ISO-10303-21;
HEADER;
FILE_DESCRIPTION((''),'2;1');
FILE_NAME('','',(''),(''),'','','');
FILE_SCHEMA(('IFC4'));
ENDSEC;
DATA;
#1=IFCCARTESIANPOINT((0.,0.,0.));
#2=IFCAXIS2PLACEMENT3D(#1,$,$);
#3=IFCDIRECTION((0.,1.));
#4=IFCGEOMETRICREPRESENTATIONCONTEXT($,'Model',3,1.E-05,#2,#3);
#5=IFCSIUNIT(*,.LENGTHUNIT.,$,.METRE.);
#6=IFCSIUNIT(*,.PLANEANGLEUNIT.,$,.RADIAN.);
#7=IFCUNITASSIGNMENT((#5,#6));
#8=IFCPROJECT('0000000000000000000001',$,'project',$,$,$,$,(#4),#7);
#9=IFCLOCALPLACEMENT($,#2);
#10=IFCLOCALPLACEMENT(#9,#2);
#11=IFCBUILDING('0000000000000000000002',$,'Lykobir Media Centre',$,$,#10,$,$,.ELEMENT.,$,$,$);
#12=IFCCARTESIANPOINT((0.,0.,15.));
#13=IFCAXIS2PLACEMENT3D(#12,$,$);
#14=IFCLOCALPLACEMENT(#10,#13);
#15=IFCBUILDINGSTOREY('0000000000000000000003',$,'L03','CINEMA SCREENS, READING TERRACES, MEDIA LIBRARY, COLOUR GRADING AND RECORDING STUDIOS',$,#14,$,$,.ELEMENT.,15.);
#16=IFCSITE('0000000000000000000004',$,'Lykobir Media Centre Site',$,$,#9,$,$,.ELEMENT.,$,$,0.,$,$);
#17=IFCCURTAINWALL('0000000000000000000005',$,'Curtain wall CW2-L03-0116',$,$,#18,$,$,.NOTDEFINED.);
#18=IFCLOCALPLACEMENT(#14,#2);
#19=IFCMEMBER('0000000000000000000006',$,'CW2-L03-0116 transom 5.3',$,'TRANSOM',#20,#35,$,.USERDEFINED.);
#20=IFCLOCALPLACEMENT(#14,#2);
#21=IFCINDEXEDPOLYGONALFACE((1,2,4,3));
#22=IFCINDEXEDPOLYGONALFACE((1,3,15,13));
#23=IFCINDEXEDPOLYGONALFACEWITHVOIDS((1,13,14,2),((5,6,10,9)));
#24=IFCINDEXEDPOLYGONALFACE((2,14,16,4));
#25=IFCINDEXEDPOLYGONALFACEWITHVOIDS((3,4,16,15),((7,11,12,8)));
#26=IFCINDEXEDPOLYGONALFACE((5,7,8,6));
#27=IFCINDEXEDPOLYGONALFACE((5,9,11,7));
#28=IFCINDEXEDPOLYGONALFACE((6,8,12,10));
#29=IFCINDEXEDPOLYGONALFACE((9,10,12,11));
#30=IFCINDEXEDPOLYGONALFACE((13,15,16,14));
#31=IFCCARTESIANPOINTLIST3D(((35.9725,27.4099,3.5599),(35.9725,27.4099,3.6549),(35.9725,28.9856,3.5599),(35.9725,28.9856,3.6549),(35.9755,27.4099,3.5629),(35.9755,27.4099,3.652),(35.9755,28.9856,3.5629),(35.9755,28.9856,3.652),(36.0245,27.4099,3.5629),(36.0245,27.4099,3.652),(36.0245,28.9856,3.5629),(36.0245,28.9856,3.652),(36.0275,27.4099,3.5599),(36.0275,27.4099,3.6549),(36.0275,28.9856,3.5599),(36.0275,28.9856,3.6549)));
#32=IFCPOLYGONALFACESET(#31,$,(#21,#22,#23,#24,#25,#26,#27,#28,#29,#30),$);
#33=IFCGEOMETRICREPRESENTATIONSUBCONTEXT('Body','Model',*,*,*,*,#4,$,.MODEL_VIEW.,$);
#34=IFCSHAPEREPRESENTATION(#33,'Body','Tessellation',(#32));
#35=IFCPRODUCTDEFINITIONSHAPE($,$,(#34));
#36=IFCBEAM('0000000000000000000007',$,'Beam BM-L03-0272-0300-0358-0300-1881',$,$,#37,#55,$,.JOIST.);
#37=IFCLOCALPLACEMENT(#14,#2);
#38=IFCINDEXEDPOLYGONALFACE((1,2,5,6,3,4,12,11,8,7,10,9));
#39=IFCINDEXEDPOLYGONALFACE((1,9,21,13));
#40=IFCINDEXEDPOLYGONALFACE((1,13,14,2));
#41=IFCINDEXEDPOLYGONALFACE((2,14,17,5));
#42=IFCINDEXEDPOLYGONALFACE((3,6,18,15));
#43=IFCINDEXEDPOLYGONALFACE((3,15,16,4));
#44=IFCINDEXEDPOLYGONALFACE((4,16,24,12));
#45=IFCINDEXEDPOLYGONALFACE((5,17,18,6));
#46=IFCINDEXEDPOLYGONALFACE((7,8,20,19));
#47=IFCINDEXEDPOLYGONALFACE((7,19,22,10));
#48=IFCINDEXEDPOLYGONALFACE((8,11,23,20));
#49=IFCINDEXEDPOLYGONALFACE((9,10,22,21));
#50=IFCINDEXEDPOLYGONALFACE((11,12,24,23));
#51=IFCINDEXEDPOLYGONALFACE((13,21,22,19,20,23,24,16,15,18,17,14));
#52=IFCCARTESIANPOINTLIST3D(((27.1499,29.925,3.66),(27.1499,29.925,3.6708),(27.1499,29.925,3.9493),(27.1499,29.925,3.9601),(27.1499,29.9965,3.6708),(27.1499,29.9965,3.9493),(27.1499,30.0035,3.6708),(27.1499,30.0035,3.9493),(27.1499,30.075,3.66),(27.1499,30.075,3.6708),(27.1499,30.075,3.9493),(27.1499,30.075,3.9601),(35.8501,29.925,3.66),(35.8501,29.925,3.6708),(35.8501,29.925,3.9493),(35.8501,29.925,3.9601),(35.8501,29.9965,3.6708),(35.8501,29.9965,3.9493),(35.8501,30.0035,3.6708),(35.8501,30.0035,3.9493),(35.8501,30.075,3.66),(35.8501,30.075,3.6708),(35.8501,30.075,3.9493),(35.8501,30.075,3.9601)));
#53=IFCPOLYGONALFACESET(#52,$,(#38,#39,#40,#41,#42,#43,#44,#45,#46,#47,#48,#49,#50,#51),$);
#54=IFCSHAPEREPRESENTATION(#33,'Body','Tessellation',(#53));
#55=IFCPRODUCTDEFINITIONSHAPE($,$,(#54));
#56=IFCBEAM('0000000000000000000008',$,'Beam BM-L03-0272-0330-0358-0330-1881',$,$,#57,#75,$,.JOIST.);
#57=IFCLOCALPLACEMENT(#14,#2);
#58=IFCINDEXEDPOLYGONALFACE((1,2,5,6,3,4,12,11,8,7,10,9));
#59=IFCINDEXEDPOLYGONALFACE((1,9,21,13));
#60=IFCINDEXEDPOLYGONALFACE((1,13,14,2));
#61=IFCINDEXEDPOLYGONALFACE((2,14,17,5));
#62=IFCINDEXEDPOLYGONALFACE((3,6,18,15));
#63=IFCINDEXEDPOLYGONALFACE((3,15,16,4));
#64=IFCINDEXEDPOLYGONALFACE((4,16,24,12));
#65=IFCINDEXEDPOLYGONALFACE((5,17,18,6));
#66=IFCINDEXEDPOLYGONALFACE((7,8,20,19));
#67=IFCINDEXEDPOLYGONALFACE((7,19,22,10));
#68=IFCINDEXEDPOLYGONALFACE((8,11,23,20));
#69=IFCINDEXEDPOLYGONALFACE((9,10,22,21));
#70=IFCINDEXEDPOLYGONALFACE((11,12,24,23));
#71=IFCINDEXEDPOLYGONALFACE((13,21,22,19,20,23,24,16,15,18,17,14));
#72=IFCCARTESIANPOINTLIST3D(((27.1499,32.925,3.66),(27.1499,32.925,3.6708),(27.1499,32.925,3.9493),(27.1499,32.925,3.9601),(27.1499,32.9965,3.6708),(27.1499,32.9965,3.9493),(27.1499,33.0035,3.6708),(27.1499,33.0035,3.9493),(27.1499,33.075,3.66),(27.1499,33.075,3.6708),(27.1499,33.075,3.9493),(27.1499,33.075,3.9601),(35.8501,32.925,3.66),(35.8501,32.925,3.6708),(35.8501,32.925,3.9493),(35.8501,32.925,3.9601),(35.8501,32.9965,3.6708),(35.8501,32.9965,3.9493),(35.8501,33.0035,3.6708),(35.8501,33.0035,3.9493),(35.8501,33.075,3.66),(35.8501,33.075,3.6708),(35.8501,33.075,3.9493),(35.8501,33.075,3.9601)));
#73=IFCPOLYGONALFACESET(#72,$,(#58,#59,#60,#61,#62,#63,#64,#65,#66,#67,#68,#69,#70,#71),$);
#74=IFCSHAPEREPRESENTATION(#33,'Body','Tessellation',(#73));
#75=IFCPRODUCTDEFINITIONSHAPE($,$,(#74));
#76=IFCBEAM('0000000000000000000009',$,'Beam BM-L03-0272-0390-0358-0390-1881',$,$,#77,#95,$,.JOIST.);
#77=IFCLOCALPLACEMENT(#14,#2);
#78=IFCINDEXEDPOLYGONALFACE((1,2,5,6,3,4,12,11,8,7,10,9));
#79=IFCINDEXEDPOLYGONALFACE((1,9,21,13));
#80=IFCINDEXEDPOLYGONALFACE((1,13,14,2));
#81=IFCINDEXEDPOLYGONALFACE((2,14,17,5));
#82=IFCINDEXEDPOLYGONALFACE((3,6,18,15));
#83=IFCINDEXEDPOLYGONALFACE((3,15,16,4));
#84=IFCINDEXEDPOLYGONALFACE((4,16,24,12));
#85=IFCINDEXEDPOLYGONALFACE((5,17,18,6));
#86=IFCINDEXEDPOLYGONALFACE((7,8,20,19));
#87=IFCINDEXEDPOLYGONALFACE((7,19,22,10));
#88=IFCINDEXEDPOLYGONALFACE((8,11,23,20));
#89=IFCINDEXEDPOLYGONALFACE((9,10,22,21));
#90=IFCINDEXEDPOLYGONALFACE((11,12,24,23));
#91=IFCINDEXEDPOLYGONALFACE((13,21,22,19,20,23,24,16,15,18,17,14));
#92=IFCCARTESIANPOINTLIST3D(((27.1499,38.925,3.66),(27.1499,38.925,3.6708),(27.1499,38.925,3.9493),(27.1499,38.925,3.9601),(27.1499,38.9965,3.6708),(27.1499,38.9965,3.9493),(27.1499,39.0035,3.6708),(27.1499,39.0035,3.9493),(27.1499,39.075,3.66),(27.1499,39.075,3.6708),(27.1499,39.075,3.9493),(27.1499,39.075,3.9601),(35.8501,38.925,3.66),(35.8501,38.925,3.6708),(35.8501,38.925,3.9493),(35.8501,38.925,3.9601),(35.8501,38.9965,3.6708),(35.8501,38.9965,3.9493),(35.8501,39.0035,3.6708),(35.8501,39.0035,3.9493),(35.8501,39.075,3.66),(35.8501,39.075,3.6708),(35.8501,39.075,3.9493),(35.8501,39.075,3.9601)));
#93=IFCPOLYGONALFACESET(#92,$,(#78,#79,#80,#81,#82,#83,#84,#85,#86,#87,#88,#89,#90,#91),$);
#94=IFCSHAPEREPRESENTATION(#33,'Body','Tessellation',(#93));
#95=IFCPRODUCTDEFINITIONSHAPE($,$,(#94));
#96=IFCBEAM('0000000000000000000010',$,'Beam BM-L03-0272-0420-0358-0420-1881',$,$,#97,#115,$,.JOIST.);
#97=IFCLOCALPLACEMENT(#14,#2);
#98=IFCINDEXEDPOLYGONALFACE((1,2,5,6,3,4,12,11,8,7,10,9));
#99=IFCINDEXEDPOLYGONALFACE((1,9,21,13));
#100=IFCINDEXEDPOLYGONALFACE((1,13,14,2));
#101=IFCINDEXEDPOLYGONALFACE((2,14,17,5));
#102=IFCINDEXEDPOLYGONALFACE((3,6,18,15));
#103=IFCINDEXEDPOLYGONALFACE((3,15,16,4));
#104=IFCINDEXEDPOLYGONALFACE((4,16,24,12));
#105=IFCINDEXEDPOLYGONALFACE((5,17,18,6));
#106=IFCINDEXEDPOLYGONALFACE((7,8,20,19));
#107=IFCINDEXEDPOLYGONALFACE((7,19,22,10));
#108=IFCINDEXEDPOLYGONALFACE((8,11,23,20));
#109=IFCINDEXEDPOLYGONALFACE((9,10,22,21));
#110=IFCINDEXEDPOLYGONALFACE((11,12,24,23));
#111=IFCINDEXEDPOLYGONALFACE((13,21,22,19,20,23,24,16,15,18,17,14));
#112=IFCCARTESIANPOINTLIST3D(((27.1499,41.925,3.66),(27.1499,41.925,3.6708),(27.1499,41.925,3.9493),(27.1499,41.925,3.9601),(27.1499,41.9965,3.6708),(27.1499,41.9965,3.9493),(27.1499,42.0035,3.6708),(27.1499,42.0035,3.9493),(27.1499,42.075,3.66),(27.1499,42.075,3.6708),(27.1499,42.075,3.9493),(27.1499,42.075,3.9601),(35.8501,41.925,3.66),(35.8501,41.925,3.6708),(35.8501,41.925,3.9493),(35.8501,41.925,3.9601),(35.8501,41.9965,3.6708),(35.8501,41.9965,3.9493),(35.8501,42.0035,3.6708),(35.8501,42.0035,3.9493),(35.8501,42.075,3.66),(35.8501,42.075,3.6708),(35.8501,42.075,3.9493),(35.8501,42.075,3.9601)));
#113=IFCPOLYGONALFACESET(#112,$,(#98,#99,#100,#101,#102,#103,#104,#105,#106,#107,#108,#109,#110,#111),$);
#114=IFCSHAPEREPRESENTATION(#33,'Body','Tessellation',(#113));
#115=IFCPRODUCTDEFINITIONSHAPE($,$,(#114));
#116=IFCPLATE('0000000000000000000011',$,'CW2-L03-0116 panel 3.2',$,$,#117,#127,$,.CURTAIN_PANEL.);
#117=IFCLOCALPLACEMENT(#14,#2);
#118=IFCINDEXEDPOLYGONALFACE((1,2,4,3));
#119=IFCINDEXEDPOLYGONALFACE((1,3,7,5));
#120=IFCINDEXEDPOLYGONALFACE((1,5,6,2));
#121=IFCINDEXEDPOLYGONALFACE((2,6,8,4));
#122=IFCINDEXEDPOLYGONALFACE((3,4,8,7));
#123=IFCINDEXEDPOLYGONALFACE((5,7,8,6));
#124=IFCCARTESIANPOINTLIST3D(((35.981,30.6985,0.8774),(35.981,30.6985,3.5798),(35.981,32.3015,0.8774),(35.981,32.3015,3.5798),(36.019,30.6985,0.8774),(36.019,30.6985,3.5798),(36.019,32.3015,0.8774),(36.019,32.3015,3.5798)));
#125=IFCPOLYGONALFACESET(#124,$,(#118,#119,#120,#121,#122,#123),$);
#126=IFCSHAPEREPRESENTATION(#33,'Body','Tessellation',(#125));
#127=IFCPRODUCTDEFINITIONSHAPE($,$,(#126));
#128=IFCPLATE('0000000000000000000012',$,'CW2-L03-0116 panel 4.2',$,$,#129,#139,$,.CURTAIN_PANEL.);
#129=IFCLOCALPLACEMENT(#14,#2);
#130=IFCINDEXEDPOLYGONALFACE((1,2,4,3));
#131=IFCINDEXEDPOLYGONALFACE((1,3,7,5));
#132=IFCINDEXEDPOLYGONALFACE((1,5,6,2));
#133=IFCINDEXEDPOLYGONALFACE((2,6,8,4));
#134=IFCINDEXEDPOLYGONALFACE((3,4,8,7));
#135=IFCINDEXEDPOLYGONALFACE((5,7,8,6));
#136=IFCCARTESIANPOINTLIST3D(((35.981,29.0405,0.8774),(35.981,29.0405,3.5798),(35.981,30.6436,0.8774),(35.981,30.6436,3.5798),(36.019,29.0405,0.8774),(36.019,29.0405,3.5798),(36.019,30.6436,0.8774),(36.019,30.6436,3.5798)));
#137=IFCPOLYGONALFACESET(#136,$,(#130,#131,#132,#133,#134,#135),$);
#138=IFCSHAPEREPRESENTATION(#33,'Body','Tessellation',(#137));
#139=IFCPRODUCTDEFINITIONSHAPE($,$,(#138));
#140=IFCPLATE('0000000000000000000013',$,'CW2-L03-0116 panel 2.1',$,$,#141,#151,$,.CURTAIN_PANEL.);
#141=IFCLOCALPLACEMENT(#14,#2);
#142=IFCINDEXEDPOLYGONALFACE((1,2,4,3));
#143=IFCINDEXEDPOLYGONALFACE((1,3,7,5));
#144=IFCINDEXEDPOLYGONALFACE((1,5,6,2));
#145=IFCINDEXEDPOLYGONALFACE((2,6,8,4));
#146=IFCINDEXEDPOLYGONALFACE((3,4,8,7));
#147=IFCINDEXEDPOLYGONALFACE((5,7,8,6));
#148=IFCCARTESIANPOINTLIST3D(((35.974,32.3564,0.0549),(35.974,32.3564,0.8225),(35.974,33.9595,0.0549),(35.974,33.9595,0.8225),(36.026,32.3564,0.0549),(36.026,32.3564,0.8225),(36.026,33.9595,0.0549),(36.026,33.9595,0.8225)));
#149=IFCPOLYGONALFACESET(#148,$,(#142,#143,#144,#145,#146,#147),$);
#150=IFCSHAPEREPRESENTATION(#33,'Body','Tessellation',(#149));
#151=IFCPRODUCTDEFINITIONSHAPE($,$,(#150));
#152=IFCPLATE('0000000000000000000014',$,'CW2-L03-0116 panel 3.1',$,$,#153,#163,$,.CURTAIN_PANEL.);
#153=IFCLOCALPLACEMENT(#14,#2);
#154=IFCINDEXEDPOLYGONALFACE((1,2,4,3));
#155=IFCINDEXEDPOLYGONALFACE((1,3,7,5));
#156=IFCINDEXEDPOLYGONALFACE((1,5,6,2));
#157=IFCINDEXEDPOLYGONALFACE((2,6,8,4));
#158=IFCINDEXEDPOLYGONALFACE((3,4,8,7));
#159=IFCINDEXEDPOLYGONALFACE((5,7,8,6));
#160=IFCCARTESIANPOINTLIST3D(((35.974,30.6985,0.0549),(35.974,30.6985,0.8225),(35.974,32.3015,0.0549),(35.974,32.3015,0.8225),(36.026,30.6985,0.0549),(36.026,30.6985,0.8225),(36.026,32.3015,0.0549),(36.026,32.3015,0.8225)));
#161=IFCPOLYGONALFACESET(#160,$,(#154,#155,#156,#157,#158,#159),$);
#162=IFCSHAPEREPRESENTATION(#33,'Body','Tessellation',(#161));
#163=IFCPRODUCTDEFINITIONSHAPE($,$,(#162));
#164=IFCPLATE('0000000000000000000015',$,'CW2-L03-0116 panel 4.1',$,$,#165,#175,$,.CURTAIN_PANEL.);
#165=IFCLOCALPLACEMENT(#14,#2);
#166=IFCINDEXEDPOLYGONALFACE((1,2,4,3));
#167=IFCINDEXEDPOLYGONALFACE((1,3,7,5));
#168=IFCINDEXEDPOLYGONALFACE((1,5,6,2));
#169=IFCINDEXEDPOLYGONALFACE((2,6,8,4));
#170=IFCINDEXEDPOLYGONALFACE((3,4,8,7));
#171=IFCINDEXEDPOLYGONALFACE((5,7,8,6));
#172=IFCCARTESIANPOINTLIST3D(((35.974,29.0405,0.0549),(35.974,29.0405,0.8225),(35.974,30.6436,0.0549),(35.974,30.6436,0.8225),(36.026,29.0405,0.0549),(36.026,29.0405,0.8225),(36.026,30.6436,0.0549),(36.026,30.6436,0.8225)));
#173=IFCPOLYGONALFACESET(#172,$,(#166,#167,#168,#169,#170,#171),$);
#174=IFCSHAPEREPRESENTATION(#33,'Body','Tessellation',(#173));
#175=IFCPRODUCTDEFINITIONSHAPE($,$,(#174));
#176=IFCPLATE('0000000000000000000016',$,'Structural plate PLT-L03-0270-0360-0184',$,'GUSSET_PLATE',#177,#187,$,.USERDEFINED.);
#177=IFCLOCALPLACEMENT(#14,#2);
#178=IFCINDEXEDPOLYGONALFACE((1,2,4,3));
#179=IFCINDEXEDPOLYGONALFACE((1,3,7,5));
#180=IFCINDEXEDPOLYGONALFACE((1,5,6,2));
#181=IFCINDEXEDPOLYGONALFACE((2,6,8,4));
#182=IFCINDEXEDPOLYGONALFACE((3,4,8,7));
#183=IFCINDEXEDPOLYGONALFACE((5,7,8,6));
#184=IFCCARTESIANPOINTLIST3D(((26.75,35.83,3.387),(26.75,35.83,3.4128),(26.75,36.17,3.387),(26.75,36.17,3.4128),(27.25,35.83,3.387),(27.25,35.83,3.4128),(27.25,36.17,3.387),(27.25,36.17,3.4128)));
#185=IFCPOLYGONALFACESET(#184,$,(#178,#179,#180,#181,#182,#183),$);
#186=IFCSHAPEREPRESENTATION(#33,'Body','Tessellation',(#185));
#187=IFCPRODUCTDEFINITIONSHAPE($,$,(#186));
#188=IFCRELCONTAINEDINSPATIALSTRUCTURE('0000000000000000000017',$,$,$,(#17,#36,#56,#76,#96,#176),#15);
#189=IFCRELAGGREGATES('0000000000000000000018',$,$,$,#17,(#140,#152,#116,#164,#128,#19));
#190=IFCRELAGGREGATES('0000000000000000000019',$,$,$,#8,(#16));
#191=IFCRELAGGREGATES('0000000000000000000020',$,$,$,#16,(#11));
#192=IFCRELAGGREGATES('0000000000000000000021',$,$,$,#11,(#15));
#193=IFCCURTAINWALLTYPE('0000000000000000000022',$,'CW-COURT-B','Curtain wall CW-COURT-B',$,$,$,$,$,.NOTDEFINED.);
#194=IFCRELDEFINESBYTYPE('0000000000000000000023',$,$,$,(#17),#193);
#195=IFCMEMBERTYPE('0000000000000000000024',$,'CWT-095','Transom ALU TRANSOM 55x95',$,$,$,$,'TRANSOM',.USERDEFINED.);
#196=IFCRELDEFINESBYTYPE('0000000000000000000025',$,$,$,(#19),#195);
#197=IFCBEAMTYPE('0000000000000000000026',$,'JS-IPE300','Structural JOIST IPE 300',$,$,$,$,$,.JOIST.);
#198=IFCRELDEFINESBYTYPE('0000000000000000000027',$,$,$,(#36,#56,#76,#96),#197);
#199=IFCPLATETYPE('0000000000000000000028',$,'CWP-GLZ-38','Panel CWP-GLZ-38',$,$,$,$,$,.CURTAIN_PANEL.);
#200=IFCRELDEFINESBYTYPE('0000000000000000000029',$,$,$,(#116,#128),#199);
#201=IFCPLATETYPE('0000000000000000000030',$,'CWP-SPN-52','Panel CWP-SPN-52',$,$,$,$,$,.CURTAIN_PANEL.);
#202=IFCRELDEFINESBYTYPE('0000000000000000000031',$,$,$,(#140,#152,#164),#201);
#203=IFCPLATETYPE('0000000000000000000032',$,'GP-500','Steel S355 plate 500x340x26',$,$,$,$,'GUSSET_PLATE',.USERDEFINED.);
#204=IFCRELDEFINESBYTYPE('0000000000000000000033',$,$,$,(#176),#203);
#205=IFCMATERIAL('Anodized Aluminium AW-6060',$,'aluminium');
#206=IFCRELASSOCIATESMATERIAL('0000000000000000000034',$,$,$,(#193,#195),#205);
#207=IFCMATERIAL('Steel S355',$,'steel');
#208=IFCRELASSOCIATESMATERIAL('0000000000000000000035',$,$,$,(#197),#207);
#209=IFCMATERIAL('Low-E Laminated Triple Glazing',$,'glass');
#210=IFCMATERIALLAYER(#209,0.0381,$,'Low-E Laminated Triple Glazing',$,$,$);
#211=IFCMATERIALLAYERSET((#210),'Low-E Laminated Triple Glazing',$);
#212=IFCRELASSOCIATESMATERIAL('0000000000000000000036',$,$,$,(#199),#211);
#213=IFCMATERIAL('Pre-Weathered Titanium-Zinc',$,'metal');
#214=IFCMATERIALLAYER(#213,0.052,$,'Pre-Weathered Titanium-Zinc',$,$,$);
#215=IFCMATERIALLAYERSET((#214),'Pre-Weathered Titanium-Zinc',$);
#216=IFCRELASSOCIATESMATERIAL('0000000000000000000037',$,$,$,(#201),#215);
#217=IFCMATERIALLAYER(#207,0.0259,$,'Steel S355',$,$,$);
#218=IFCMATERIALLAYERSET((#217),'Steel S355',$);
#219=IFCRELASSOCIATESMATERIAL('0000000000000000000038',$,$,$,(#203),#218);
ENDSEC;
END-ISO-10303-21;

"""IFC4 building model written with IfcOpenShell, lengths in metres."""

from ifc_helpers import new_model, si_unit, direction, frame, origin, origin_2d, place, context, subcontext, project, spatial, rectangle, hollow_rectangle, i_section, extrude, material, layer, layer_set, material_profile, profile_set, type_object, element, aggregate, save


model = new_model("IFC4")

# Units and contexts
model_context = context("Model", 3, precision=1e-05, world=origin(), true_north=direction((0.0, 1.0)))
body_context = subcontext(model_context, "Body", "Model", "MODEL_VIEW")
ifc_project = project(units=[si_unit("LENGTHUNIT", "METRE"), si_unit("PLANEANGLEUNIT", "RADIAN")], contexts=[model_context])

# Site, building, storey
site_placement = place(None, origin())
site = spatial("IfcSite", under=ifc_project, at=site_placement, Name="Lykobir Media Centre Site", CompositionType="ELEMENT", RefElevation=0.0)
building_placement = place(site_placement, origin())
building = spatial("IfcBuilding", under=site, at=building_placement, Name="Lykobir Media Centre", CompositionType="ELEMENT")
storey_placement = place(building_placement, frame((0.0, 0.0, 15.0)))
storey = spatial("IfcBuildingStorey", under=building, at=storey_placement, Name="L03", Description="CINEMA SCREENS, READING TERRACES, MEDIA LIBRARY, COLOUR GRADING AND RECORDING STUDIOS", CompositionType="ELEMENT", Elevation=15.0)

# Curtain wall, member
ifc_material_1 = material(Name="Anodized Aluminium AW-6060", Category="aluminium")
curtain_wall_type = type_object("IfcCurtainWallType", Name="CW-COURT-B", Description="Curtain wall CW-COURT-B", PredefinedType="NOTDEFINED", material=ifc_material_1)
curtain_wall_placement = place(storey_placement, origin())
curtain_wall = element("IfcCurtainWall", 1, at=curtain_wall_placement, inside=storey, type_object=curtain_wall_type, Name="Curtain wall CW2-L03-0116", PredefinedType="NOTDEFINED")
ifc_material_profile_1 = material_profile(ifc_material_1, hollow_rectangle(XDim=0.0549, YDim=0.095, WallThickness=0.0029, at=origin_2d()), Name="ALU TRANSOM 55x95")
ifc_profile_set_1 = profile_set([ifc_material_profile_1], Name="Anodized Aluminium AW-6060")
member_type_1 = type_object("IfcMemberType", Name="CWT-095", Description="Transom ALU TRANSOM 55x95", ElementType="TRANSOM", PredefinedType="USERDEFINED", material=ifc_profile_set_1)
member_1_placement = place(storey_placement, frame((36.0, 28.9856, 3.6074), z_axis=(0.0, -1.0, 0.0), x_axis=(1.0, 0.0, 0.0)))
member_1 = element("IfcMember", 2, at=member_1_placement, type_object=member_type_1, Name="CW2-L03-0116 transom 5.3", ObjectType="TRANSOM", PredefinedType="USERDEFINED", context=body_context, shape_type="SweptSolid", body=[
    extrude(hollow_rectangle(XDim=0.0549, YDim=0.095, WallThickness=0.0029, at=origin_2d()), origin(), (0.0, 0.0, 1.0), 1.5757),
])

# Beams
ifc_material_2 = material(Name="Steel S355", Category="steel")
ifc_material_profile_2 = material_profile(ifc_material_2, i_section(OverallWidth=0.1499, OverallDepth=0.3, WebThickness=0.0071, FlangeThickness=0.0107, at=origin_2d()), Name="IPE 300")
ifc_profile_set_2 = profile_set([ifc_material_profile_2], Name="Steel S355")
beam_type = type_object("IfcBeamType", Name="JS-IPE300", Description="Structural JOIST IPE 300", PredefinedType="JOIST", material=ifc_profile_set_2)
for number, where, z_axis, x_axis, name in (
    (3, (27.1499, 30.0, 3.8101), (1.0, 0.0, 0.0), (0.0, 1.0, 0.0), "Beam BM-L03-0272-0300-0358-0300-1881"),
    (4, (27.1499, 33.0, 3.8101), (1.0, 0.0, 0.0), (0.0, 1.0, 0.0), "Beam BM-L03-0272-0330-0358-0330-1881"),
    (5, (27.1499, 39.0, 3.8101), (1.0, 0.0, 0.0), (0.0, 1.0, 0.0), "Beam BM-L03-0272-0390-0358-0390-1881"),
    (6, (27.1499, 42.0, 3.8101), (1.0, 0.0, 0.0), (0.0, 1.0, 0.0), "Beam BM-L03-0272-0420-0358-0420-1881"),
):
    element("IfcBeam", number, at=place(storey_placement, frame(where, z_axis=z_axis, x_axis=x_axis)), inside=storey, type_object=beam_type, Name=name, PredefinedType="JOIST", context=body_context, shape_type="SweptSolid", body=[
        extrude(i_section(OverallWidth=0.1499, OverallDepth=0.3, WebThickness=0.0071, FlangeThickness=0.0107, at=origin_2d()), origin(), (0.0, 0.0, 1.0), 8.7002),
    ])

# Plates
ifc_material_3 = material(Name="Low-E Laminated Triple Glazing", Category="glass")
ifc_layer_1 = layer(ifc_material_3, 0.0381, Name="Low-E Laminated Triple Glazing")
ifc_layer_set_1 = layer_set([ifc_layer_1], Name="Low-E Laminated Triple Glazing")
plate_type_1 = type_object("IfcPlateType", Name="CWP-GLZ-38", Description="Panel CWP-GLZ-38", PredefinedType="CURTAIN_PANEL", material=ifc_layer_set_1)
plate_1_placement = place(storey_placement, frame((36.0, 31.5, 0.8774), z_axis=(0.0, 0.0, 1.0), x_axis=(0.0, -1.0, 0.0)))
plate_1 = element("IfcPlate", 7, at=plate_1_placement, type_object=plate_type_1, Name="CW2-L03-0116 panel 3.2", PredefinedType="CURTAIN_PANEL", context=body_context, shape_type="SweptSolid", body=[
    extrude(rectangle(XDim=1.603, YDim=0.0381, at=origin_2d()), origin(), (0.0, 0.0, 1.0), 2.7024),
])
plate_2_placement = place(storey_placement, frame((36.0, 29.842, 0.8774), z_axis=(0.0, 0.0, 1.0), x_axis=(0.0, -1.0, 0.0)))
plate_2 = element("IfcPlate", 8, at=plate_2_placement, type_object=plate_type_1, Name="CW2-L03-0116 panel 4.2", PredefinedType="CURTAIN_PANEL", context=body_context, shape_type="SweptSolid", body=[
    extrude(rectangle(XDim=1.603, YDim=0.0381, at=origin_2d()), origin(), (0.0, 0.0, 1.0), 2.7024),
])
ifc_material_4 = material(Name="Pre-Weathered Titanium-Zinc", Category="metal")
ifc_layer_2 = layer(ifc_material_4, 0.052, Name="Pre-Weathered Titanium-Zinc")
ifc_layer_set_2 = layer_set([ifc_layer_2], Name="Pre-Weathered Titanium-Zinc")
plate_type_2 = type_object("IfcPlateType", Name="CWP-SPN-52", Description="Panel CWP-SPN-52", PredefinedType="CURTAIN_PANEL", material=ifc_layer_set_2)
plate_3_placement = place(storey_placement, frame((36.0, 33.158, 0.0549), z_axis=(0.0, 0.0, 1.0), x_axis=(0.0, -1.0, 0.0)))
plate_3 = element("IfcPlate", 9, at=plate_3_placement, type_object=plate_type_2, Name="CW2-L03-0116 panel 2.1", PredefinedType="CURTAIN_PANEL", context=body_context, shape_type="SweptSolid", body=[
    extrude(rectangle(XDim=1.603, YDim=0.052, at=origin_2d()), origin(), (0.0, 0.0, 1.0), 0.7676),
])
plate_4_placement = place(storey_placement, frame((36.0, 31.5, 0.0549), z_axis=(0.0, 0.0, 1.0), x_axis=(0.0, -1.0, 0.0)))
plate_4 = element("IfcPlate", 10, at=plate_4_placement, type_object=plate_type_2, Name="CW2-L03-0116 panel 3.1", PredefinedType="CURTAIN_PANEL", context=body_context, shape_type="SweptSolid", body=[
    extrude(rectangle(XDim=1.603, YDim=0.052, at=origin_2d()), origin(), (0.0, 0.0, 1.0), 0.7676),
])
plate_5_placement = place(storey_placement, frame((36.0, 29.842, 0.0549), z_axis=(0.0, 0.0, 1.0), x_axis=(0.0, -1.0, 0.0)))
plate_5 = element("IfcPlate", 11, at=plate_5_placement, type_object=plate_type_2, Name="CW2-L03-0116 panel 4.1", PredefinedType="CURTAIN_PANEL", context=body_context, shape_type="SweptSolid", body=[
    extrude(rectangle(XDim=1.603, YDim=0.052, at=origin_2d()), origin(), (0.0, 0.0, 1.0), 0.7676),
])
aggregate(curtain_wall, [plate_3, plate_4, plate_1, plate_5, plate_2, member_1])
ifc_layer_3 = layer(ifc_material_2, 0.0259, Name="Steel S355")
ifc_layer_set_3 = layer_set([ifc_layer_3], Name="Steel S355")
plate_type_3 = type_object("IfcPlateType", Name="GP-500", Description="Steel S355 plate 500x340x26", ElementType="GUSSET_PLATE", PredefinedType="USERDEFINED", material=ifc_layer_set_3)
plate_6_placement = place(storey_placement, frame((27.0, 36.0, 3.387), z_axis=(0.0, 0.0, 1.0), x_axis=(1.0, 0.0, 0.0)))
element("IfcPlate", 12, at=plate_6_placement, inside=storey, type_object=plate_type_3, Name="Structural plate PLT-L03-0270-0360-0184", ObjectType="GUSSET_PLATE", PredefinedType="USERDEFINED", context=body_context, shape_type="SweptSolid", body=[
    extrude(rectangle(XDim=0.5, YDim=0.3401, at=origin_2d()), origin(), (0.0, 0.0, 1.0), 0.0259),
])

save(model, "model.ifc")
